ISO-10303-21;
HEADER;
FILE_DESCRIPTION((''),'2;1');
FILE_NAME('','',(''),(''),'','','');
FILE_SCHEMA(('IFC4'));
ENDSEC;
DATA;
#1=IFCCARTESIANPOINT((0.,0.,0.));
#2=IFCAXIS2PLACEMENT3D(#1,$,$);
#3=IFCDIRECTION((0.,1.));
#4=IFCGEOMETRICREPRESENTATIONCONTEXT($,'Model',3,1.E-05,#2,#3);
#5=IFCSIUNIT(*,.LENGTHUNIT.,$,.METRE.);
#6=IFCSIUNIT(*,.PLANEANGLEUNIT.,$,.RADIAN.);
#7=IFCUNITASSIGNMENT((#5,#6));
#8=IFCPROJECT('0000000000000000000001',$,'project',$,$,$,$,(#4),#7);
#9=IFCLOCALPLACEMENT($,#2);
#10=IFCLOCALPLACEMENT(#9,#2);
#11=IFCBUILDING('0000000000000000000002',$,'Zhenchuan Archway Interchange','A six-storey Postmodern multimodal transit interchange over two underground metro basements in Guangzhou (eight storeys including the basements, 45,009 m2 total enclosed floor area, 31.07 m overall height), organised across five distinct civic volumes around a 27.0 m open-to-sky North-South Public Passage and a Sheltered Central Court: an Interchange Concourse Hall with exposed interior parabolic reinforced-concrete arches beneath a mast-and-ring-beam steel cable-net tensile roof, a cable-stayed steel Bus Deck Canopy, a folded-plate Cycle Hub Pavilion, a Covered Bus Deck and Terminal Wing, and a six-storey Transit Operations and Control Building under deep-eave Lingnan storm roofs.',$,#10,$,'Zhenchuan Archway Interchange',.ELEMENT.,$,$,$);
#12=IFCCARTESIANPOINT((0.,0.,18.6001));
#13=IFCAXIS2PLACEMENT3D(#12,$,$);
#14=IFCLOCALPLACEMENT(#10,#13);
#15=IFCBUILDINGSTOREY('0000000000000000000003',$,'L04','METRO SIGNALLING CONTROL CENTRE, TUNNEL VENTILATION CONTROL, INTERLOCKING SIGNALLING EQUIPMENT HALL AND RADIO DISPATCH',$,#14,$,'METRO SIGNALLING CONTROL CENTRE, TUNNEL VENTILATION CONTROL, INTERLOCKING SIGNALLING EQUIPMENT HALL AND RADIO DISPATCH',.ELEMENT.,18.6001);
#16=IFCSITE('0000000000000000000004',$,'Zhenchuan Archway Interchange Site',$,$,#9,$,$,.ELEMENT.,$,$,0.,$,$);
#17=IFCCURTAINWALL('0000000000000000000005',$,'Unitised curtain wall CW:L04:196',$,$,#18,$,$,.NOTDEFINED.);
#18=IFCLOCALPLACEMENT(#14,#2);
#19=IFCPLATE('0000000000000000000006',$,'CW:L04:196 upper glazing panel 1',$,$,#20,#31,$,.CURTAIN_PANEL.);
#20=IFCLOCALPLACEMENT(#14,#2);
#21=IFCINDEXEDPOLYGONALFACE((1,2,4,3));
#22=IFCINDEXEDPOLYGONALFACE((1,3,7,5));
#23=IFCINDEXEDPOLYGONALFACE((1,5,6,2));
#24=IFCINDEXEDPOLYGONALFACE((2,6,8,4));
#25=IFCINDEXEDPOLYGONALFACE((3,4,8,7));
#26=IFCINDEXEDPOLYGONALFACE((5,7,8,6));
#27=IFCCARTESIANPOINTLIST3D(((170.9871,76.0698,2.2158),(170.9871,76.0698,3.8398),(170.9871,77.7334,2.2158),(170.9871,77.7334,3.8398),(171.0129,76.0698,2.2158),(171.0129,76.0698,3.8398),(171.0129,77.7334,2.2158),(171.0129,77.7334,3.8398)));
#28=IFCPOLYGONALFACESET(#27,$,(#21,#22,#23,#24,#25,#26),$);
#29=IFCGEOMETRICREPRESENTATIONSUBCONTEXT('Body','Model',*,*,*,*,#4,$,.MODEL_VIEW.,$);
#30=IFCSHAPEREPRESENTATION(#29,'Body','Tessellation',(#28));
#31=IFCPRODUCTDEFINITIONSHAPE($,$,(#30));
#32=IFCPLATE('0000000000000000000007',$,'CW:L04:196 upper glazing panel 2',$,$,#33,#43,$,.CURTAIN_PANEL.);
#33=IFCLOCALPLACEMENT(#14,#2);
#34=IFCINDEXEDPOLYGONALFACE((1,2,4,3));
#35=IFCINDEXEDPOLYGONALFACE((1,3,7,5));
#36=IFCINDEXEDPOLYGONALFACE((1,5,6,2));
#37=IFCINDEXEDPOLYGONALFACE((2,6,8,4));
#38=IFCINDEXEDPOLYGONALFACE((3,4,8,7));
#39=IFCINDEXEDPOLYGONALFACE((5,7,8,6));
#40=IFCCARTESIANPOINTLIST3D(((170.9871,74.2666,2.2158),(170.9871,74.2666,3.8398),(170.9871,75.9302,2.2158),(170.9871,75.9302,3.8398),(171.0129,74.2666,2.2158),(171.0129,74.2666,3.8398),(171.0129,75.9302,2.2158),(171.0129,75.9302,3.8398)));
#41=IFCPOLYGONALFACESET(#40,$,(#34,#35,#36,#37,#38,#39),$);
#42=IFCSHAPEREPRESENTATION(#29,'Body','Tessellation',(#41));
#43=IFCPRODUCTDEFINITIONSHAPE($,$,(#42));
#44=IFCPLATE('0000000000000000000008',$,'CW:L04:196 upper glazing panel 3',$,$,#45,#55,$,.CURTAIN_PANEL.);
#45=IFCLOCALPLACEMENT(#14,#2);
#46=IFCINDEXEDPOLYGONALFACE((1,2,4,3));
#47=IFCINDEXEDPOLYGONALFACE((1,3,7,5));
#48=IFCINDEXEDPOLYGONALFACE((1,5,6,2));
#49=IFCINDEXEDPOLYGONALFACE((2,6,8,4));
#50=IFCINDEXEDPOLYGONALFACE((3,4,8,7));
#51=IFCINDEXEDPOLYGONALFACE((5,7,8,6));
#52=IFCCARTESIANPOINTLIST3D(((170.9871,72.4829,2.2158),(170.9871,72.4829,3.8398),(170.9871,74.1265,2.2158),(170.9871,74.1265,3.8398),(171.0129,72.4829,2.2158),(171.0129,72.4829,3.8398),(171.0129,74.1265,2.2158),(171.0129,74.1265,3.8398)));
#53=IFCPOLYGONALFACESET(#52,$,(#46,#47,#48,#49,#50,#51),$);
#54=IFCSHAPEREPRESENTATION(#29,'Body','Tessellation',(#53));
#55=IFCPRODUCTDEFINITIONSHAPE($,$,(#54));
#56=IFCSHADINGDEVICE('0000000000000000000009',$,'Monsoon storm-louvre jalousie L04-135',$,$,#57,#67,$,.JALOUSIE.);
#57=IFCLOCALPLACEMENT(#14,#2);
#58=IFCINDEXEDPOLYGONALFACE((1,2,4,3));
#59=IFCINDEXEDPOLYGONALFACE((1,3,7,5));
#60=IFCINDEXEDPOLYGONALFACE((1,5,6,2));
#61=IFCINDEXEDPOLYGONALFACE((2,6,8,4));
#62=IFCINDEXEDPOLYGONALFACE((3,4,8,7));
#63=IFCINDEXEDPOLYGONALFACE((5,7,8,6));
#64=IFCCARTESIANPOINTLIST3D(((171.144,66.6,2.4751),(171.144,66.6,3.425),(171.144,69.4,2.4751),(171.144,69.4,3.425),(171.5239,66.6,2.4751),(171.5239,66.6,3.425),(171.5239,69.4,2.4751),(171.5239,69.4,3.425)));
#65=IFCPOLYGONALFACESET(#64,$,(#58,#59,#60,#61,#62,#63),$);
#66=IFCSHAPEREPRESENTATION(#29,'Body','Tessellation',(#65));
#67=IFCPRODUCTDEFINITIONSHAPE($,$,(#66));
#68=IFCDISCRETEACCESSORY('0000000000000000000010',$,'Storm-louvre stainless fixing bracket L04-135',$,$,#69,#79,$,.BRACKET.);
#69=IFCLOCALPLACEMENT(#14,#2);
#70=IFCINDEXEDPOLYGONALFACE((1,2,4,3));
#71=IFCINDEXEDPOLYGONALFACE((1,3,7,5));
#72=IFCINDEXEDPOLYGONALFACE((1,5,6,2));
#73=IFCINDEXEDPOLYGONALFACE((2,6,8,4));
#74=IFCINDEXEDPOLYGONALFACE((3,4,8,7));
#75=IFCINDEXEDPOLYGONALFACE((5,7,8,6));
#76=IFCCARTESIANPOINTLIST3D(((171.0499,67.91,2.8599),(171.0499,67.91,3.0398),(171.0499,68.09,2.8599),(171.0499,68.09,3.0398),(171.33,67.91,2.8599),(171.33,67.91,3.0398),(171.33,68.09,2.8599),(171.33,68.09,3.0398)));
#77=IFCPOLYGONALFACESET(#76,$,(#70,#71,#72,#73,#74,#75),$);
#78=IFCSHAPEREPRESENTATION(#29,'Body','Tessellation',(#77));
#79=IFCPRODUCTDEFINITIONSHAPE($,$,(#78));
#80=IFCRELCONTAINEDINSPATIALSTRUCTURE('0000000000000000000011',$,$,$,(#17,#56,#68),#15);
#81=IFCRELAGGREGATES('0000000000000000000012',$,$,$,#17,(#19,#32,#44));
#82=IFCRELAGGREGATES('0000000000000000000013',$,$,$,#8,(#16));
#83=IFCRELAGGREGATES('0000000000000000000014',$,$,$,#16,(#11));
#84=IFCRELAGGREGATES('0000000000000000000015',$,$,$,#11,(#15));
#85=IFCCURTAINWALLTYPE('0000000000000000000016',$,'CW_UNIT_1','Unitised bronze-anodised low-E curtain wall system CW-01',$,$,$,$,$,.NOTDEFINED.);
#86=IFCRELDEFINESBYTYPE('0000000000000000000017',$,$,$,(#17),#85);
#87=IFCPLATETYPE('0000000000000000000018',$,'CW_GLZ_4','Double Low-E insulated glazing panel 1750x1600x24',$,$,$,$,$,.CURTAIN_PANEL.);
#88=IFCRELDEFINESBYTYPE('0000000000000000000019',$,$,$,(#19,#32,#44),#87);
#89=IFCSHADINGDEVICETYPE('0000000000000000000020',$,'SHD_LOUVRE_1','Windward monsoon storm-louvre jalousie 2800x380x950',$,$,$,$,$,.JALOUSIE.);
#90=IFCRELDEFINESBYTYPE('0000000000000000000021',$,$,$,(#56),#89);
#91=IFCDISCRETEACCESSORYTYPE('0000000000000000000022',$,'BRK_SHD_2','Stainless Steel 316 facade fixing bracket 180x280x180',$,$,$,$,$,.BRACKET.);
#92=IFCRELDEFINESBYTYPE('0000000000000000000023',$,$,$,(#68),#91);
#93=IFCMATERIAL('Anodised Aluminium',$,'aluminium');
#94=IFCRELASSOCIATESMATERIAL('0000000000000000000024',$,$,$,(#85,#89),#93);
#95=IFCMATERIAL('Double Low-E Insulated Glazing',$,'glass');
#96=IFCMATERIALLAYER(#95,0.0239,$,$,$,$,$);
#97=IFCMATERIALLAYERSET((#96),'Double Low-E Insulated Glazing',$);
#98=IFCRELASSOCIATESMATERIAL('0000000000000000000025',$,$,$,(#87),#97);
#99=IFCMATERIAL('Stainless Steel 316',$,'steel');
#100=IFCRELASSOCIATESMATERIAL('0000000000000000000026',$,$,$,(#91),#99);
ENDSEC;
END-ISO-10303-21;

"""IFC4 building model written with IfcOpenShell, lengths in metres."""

from ifc_helpers import new_model, si_unit, direction, frame, origin, origin_2d, place, context, subcontext, project, spatial, rectangle, extrude, material, layer, layer_set, type_object, element, aggregate, save


model = new_model("IFC4")

# Units and contexts
model_context = context("Model", 3, precision=1e-05, world=origin(), true_north=direction((0.0, 1.0)))
body_context = subcontext(model_context, "Body", "Model", "MODEL_VIEW")
ifc_project = project(units=[si_unit("LENGTHUNIT", "METRE"), si_unit("PLANEANGLEUNIT", "RADIAN")], contexts=[model_context])

# Site, building, storey
site_placement = place(None, origin())
site = spatial("IfcSite", under=ifc_project, at=site_placement, Name="Zhenchuan Archway Interchange Site", CompositionType="ELEMENT", RefElevation=0.0)
building_placement = place(site_placement, origin())
building = spatial("IfcBuilding", under=site, at=building_placement, Name="Zhenchuan Archway Interchange", Description="A six-storey Postmodern multimodal transit interchange over two underground metro basements in Guangzhou (eight storeys including the basements, 45,009 m2 total enclosed floor area, 31.07 m overall height), organised across five distinct civic volumes around a 27.0 m open-to-sky North-South Public Passage and a Sheltered Central Court: an Interchange Concourse Hall with exposed interior parabolic reinforced-concrete arches beneath a mast-and-ring-beam steel cable-net tensile roof, a cable-stayed steel Bus Deck Canopy, a folded-plate Cycle Hub Pavilion, a Covered Bus Deck and Terminal Wing, and a six-storey Transit Operations and Control Building under deep-eave Lingnan storm roofs.", LongName="Zhenchuan Archway Interchange", CompositionType="ELEMENT")
storey_placement = place(building_placement, frame((0.0, 0.0, 18.6001)))
storey = spatial("IfcBuildingStorey", under=building, at=storey_placement, Name="L04", Description="METRO SIGNALLING CONTROL CENTRE, TUNNEL VENTILATION CONTROL, INTERLOCKING SIGNALLING EQUIPMENT HALL AND RADIO DISPATCH", LongName="METRO SIGNALLING CONTROL CENTRE, TUNNEL VENTILATION CONTROL, INTERLOCKING SIGNALLING EQUIPMENT HALL AND RADIO DISPATCH", CompositionType="ELEMENT", Elevation=18.6001)

# Curtain wall, plates
ifc_material_1 = material(Name="Anodised Aluminium", Category="aluminium")
curtain_wall_type = type_object("IfcCurtainWallType", Name="CW_UNIT_1", Description="Unitised bronze-anodised low-E curtain wall system CW-01", PredefinedType="NOTDEFINED", material=ifc_material_1)
curtain_wall_placement = place(storey_placement, origin())
curtain_wall = element("IfcCurtainWall", 1, at=curtain_wall_placement, inside=storey, type_object=curtain_wall_type, Name="Unitised curtain wall CW:L04:196", PredefinedType="NOTDEFINED")
ifc_material_2 = material(Name="Double Low-E Insulated Glazing", Category="glass")
ifc_layer_1 = layer(ifc_material_2, 0.0239)
ifc_layer_set_1 = layer_set([ifc_layer_1], Name="Double Low-E Insulated Glazing")
plate_type_1 = type_object("IfcPlateType", Name="CW_GLZ_4", Description="Double Low-E insulated glazing panel 1750x1600x24", PredefinedType="CURTAIN_PANEL", material=ifc_layer_set_1)
plate_1_placement = place(storey_placement, frame((171.0, 76.9016, 2.2158), z_axis=(0.0, 0.0, 1.0), x_axis=(0.0, -1.0, 0.0)))
plate_1 = element("IfcPlate", 2, at=plate_1_placement, type_object=plate_type_1, Name="CW:L04:196 upper glazing panel 1", PredefinedType="CURTAIN_PANEL", context=body_context, shape_type="SweptSolid", body=[
    extrude(rectangle(XDim=1.6636, YDim=0.0259, at=origin_2d()), origin(), (0.0, 0.0, 1.0), 1.624),
])
plate_2_placement = place(storey_placement, frame((171.0, 75.0984, 2.2158), z_axis=(0.0, 0.0, 1.0), x_axis=(0.0, -1.0, 0.0)))
plate_2 = element("IfcPlate", 3, at=plate_2_placement, type_object=plate_type_1, Name="CW:L04:196 upper glazing panel 2", PredefinedType="CURTAIN_PANEL", context=body_context, shape_type="SweptSolid", body=[
    extrude(rectangle(XDim=1.6636, YDim=0.0259, at=origin_2d()), origin(), (0.0, 0.0, 1.0), 1.624),
])
plate_3_placement = place(storey_placement, frame((171.0, 73.3047, 2.2158), z_axis=(0.0, 0.0, 1.0), x_axis=(0.0, -1.0, 0.0)))
plate_3 = element("IfcPlate", 4, at=plate_3_placement, type_object=plate_type_1, Name="CW:L04:196 upper glazing panel 3", PredefinedType="CURTAIN_PANEL", context=body_context, shape_type="SweptSolid", body=[
    extrude(rectangle(XDim=1.6436, YDim=0.0259, at=origin_2d()), origin(), (0.0, 0.0, 1.0), 1.624),
])
aggregate(curtain_wall, [plate_1, plate_2, plate_3])

# Shading device
shading_device_type = type_object("IfcShadingDeviceType", Name="SHD_LOUVRE_1", Description="Windward monsoon storm-louvre jalousie 2800x380x950", PredefinedType="JALOUSIE", material=ifc_material_1)
shading_device_placement = place(storey_placement, frame((171.334, 68.0, 2.4751), z_axis=(0.0, 0.0, 1.0), x_axis=(0.0, -1.0, 0.0)))
element("IfcShadingDevice", 5, at=shading_device_placement, inside=storey, type_object=shading_device_type, Name="Monsoon storm-louvre jalousie L04-135", PredefinedType="JALOUSIE", context=body_context, shape_type="SweptSolid", body=[
    extrude(rectangle(XDim=2.8, YDim=0.3799, at=origin_2d()), origin(), (0.0, 0.0, 1.0), 0.95),
])

# Discrete accessory
ifc_material_3 = material(Name="Stainless Steel 316", Category="steel")
discrete_accessory_type = type_object("IfcDiscreteAccessoryType", Name="BRK_SHD_2", Description="Stainless Steel 316 facade fixing bracket 180x280x180", PredefinedType="BRACKET", material=ifc_material_3)
discrete_accessory_placement = place(storey_placement, frame((171.1899, 68.0, 2.8599), z_axis=(0.0, 0.0, 1.0), x_axis=(0.0, -1.0, 0.0)))
element("IfcDiscreteAccessory", 6, at=discrete_accessory_placement, inside=storey, type_object=discrete_accessory_type, Name="Storm-louvre stainless fixing bracket L04-135", PredefinedType="BRACKET", context=body_context, shape_type="SweptSolid", body=[
    extrude(rectangle(XDim=0.1799, YDim=0.28, at=origin_2d()), origin(), (0.0, 0.0, 1.0), 0.1799),
])

save(model, "model.ifc")
